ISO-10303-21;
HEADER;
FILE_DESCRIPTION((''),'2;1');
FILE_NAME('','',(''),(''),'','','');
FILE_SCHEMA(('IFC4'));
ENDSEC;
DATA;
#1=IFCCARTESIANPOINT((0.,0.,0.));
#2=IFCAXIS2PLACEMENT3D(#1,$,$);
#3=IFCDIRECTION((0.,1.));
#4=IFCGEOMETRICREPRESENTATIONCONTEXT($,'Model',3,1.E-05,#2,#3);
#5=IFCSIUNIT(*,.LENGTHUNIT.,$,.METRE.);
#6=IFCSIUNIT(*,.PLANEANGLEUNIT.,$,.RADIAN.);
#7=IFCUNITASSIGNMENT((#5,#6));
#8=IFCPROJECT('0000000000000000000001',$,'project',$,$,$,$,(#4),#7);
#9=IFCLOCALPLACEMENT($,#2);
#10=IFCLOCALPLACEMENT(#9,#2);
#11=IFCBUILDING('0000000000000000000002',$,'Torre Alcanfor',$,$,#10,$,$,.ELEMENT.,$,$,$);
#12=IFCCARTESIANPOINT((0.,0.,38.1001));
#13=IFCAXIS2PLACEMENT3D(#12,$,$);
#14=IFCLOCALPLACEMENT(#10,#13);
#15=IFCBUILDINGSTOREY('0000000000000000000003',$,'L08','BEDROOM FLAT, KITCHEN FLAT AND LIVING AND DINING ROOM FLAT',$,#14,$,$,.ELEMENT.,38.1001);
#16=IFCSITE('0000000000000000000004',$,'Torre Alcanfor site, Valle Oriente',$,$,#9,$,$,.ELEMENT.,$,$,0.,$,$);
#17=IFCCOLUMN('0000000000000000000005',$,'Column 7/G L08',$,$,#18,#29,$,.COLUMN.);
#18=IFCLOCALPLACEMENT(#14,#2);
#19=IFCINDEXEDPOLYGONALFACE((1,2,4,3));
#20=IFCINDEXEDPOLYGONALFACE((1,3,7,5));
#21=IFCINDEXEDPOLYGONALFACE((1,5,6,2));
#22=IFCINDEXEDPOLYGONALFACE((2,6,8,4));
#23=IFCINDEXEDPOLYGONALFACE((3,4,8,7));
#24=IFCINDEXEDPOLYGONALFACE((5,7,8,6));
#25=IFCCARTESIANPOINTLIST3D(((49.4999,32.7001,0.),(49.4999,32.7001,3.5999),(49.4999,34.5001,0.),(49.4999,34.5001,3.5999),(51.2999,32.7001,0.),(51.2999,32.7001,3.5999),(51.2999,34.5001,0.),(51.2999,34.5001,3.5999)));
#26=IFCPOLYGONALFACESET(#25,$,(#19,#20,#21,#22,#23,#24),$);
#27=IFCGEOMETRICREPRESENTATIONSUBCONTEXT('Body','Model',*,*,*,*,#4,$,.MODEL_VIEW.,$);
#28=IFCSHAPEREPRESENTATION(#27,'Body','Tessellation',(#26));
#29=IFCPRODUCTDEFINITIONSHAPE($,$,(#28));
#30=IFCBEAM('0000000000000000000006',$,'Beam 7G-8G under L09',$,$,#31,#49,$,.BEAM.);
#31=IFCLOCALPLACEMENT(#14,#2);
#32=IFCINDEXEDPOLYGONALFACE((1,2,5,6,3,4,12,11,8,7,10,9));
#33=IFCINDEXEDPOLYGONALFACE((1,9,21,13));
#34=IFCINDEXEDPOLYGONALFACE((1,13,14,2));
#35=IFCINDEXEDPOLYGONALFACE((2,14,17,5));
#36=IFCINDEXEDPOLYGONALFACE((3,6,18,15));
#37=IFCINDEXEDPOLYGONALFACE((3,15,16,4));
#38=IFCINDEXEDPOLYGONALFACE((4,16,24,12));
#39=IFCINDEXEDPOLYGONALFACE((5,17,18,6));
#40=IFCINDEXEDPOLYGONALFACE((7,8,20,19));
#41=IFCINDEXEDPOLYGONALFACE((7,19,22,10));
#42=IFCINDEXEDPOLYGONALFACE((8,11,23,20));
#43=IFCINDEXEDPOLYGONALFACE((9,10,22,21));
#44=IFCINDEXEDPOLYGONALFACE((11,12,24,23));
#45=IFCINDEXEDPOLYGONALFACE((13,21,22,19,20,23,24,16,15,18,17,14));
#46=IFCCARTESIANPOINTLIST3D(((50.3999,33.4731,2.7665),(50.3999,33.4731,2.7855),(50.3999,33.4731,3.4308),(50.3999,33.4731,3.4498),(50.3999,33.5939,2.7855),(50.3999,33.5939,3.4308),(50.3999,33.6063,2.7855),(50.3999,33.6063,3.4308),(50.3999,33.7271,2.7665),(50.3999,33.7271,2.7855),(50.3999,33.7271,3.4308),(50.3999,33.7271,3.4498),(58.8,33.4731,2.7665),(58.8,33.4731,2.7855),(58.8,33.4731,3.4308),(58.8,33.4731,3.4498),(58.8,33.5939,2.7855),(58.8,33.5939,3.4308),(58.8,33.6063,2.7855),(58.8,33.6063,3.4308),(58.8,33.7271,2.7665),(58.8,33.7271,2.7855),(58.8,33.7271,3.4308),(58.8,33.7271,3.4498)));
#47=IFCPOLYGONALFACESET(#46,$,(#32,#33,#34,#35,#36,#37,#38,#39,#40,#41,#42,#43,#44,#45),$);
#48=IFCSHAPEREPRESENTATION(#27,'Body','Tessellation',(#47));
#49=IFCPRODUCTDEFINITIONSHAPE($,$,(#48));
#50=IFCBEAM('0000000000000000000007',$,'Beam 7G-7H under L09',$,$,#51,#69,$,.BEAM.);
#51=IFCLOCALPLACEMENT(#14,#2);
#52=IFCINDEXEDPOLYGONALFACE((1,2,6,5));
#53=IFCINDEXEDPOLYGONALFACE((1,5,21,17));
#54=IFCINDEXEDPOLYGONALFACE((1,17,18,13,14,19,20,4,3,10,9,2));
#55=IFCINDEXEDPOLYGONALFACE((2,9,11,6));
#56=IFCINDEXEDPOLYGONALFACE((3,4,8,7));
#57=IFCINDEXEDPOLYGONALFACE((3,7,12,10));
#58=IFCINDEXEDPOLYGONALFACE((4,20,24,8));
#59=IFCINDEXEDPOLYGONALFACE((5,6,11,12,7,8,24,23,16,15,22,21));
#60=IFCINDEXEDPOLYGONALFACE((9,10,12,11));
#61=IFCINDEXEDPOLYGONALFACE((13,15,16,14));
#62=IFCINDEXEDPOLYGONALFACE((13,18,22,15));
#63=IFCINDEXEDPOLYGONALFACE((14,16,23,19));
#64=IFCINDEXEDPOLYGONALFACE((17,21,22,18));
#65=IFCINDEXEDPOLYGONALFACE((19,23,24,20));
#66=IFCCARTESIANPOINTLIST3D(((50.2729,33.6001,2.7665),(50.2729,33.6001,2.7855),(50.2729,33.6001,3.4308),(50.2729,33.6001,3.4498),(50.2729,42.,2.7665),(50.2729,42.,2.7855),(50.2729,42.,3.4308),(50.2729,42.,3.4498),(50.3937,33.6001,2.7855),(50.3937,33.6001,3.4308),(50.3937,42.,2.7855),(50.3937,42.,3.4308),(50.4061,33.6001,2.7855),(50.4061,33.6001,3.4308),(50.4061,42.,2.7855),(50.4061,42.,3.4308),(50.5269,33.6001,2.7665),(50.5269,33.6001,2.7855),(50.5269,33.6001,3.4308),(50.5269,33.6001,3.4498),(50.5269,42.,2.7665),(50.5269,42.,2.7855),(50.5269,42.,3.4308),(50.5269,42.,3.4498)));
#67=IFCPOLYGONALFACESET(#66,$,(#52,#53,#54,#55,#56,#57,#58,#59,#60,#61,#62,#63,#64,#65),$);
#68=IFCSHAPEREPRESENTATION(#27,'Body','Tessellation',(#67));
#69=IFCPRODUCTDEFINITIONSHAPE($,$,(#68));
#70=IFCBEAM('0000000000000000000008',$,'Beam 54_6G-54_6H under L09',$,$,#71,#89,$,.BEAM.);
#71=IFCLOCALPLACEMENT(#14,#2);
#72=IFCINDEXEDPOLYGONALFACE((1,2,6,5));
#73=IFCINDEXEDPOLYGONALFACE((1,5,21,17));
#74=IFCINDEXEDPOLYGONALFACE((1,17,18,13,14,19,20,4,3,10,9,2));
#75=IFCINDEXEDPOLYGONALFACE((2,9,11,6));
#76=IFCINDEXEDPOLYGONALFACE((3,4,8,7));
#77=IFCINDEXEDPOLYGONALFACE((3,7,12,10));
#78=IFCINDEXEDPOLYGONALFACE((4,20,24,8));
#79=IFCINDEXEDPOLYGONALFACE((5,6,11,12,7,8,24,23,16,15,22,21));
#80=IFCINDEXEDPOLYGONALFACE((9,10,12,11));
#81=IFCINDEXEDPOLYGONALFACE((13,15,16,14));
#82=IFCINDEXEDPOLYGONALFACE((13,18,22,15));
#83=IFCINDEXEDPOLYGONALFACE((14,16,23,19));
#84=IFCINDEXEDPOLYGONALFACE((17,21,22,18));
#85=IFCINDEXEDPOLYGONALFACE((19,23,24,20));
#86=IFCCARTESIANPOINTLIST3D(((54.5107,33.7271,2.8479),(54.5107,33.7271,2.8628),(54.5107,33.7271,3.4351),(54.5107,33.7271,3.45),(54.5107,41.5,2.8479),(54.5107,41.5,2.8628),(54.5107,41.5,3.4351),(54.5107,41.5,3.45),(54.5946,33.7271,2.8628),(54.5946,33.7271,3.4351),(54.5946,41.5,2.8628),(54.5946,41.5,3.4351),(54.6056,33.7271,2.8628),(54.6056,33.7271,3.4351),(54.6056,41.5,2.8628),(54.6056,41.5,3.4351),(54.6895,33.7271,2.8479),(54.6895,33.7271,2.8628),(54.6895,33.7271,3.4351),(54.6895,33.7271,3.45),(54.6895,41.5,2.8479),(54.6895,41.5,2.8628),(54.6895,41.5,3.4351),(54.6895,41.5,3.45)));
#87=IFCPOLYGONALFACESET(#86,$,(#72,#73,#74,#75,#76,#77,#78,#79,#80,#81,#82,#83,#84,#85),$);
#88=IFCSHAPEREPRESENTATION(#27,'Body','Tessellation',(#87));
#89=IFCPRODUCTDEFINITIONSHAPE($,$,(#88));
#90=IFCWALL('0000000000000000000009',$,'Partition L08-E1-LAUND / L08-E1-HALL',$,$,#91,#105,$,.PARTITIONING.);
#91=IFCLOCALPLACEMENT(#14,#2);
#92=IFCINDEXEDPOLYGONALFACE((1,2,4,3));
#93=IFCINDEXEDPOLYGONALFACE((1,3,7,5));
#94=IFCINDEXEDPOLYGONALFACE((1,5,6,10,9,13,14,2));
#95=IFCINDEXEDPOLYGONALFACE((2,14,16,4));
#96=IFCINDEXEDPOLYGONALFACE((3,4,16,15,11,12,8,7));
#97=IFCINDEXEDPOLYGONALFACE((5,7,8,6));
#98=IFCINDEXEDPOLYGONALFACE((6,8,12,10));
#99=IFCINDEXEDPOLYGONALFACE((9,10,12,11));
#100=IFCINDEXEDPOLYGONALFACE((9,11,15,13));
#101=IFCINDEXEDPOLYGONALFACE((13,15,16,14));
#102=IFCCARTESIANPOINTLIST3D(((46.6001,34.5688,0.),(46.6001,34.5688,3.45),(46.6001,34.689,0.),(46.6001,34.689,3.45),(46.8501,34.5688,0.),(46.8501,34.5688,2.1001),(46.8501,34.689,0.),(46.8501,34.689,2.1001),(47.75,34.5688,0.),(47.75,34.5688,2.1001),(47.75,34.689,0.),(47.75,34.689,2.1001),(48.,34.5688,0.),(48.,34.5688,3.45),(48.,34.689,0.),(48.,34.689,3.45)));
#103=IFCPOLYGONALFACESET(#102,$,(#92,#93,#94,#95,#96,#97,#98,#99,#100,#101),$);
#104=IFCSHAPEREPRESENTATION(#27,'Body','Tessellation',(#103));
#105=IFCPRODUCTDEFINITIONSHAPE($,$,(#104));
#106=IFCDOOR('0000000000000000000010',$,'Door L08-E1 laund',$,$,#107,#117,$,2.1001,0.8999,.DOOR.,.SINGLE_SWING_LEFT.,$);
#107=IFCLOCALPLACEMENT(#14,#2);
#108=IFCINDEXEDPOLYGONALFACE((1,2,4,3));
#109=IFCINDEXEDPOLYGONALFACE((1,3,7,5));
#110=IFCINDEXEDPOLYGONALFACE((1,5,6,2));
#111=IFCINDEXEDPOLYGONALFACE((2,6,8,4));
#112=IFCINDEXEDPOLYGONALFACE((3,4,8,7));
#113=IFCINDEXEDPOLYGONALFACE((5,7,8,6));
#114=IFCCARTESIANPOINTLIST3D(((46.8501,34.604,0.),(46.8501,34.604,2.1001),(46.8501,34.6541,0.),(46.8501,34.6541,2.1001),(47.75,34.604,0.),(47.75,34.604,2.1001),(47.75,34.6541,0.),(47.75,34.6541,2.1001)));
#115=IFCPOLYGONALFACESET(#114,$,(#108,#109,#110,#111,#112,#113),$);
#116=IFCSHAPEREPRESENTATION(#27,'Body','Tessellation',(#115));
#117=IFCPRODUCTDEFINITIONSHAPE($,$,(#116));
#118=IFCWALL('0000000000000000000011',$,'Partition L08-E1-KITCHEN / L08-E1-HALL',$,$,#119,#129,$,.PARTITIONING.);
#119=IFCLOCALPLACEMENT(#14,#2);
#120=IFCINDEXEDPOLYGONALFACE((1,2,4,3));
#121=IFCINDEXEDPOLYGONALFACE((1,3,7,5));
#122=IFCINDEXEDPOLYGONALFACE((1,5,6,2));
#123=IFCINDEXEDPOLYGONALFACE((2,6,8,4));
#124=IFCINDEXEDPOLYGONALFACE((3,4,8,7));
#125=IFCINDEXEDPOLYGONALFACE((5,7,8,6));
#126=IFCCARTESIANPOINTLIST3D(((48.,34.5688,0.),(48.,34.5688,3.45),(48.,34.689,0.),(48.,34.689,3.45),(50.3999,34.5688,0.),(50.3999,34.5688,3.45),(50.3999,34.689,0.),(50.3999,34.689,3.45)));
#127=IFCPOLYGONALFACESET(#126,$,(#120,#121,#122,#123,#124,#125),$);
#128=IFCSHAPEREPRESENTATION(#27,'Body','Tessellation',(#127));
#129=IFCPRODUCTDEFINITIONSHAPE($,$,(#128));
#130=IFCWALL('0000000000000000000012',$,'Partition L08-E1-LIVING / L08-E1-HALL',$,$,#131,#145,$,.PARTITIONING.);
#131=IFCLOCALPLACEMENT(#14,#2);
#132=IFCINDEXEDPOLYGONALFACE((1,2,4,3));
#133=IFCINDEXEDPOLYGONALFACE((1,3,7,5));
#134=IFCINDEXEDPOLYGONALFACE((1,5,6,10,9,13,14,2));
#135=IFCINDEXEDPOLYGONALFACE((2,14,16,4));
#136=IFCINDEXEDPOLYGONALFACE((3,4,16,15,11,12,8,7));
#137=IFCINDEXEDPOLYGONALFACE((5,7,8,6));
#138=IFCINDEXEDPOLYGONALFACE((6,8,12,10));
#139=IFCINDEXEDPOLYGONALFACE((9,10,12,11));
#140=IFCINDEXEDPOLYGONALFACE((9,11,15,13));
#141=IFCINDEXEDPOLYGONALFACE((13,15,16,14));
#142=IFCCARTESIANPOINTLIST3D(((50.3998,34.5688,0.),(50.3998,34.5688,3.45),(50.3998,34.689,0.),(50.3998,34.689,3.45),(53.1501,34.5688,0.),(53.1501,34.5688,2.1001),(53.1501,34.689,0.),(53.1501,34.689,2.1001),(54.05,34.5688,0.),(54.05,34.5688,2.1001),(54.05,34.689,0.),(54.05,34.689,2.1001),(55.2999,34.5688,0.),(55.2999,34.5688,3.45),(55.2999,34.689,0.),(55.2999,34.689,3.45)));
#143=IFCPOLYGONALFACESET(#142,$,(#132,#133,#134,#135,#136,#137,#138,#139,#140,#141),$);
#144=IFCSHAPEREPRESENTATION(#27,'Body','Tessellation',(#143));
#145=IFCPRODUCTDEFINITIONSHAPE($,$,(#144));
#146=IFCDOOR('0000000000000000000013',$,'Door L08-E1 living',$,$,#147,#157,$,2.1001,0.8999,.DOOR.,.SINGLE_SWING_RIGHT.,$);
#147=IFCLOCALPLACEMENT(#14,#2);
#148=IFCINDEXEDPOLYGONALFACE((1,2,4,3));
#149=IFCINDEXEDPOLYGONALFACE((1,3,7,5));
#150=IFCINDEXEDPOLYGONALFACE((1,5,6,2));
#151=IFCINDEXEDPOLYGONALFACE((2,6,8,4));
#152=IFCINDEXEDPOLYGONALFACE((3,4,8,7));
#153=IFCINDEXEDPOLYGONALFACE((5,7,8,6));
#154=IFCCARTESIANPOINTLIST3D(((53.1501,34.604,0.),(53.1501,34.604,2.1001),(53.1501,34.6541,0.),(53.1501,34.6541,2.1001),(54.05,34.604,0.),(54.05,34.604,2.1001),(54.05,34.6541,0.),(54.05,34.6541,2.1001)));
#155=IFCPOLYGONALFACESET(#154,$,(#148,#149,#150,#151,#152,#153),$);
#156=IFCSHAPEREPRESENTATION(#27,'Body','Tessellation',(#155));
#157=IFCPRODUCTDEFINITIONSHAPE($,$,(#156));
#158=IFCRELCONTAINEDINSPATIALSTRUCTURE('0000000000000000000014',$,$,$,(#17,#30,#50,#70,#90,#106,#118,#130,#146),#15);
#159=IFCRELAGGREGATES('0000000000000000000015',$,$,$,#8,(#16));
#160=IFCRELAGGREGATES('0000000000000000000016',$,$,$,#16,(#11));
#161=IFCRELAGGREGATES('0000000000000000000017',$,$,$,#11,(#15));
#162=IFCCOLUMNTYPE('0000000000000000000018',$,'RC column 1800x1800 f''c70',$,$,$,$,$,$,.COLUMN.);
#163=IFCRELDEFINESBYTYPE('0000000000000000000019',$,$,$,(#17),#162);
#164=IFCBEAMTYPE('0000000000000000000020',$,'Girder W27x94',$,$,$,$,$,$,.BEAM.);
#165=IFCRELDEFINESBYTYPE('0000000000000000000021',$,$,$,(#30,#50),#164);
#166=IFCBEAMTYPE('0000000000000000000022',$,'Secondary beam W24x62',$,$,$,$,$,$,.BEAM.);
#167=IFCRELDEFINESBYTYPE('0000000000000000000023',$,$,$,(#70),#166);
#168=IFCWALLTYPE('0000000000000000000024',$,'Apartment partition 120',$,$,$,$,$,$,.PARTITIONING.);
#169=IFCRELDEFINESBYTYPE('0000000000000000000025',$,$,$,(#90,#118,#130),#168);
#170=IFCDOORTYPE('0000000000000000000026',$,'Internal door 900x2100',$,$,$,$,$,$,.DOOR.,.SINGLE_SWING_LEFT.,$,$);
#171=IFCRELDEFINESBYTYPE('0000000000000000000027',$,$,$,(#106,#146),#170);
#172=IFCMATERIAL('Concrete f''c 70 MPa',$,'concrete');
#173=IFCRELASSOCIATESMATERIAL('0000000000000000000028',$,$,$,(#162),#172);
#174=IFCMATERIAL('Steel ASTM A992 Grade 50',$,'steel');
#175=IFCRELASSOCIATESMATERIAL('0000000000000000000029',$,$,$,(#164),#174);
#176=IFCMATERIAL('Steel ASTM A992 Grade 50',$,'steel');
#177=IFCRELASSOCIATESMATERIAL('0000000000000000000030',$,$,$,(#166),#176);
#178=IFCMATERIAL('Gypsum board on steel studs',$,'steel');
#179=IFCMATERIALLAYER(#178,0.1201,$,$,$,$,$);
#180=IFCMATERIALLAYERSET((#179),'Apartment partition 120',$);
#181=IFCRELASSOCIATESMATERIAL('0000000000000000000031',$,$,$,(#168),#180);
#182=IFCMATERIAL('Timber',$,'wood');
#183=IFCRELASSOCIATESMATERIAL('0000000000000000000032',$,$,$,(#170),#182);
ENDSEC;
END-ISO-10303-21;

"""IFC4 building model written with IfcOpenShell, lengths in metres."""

from ifc_helpers import new_model, si_unit, direction, frame, frame_2d, origin, origin_2d, place, context, subcontext, project, spatial, rectangle, i_section, extrude, material, layer, layer_set, material_profile, profile_set, type_object, element, fill, save


model = new_model("IFC4")

# Units and contexts
model_context = context("Model", 3, precision=1e-05, world=origin(), true_north=direction((0.0, 1.0)))
body_context = subcontext(model_context, "Body", "Model", "MODEL_VIEW")
ifc_project = project(units=[si_unit("LENGTHUNIT", "METRE"), si_unit("PLANEANGLEUNIT", "RADIAN")], contexts=[model_context])

# Site, building, storey
site_placement = place(None, origin())
site = spatial("IfcSite", under=ifc_project, at=site_placement, Name="Torre Alcanfor site, Valle Oriente", CompositionType="ELEMENT", RefElevation=0.0)
building_placement = place(site_placement, origin())
building = spatial("IfcBuilding", under=site, at=building_placement, Name="Torre Alcanfor", CompositionType="ELEMENT")
storey_placement = place(building_placement, frame((0.0, 0.0, 38.1001)))
storey = spatial("IfcBuildingStorey", under=building, at=storey_placement, Name="L08", Description="BEDROOM FLAT, KITCHEN FLAT AND LIVING AND DINING ROOM FLAT", CompositionType="ELEMENT", Elevation=38.1001)

# Column
ifc_material_1 = material(Name="Concrete f'c 70 MPa", Category="concrete")
ifc_material_profile_1 = material_profile(ifc_material_1, rectangle(XDim=1.8, YDim=1.8, at=origin_2d()), Name="1800x1800")
ifc_profile_set_1 = profile_set([ifc_material_profile_1], Name="Concrete f'c 70 MPa")
column_type = type_object("IfcColumnType", Name="RC column 1800x1800 f'c70", PredefinedType="COLUMN", material=ifc_profile_set_1)
column_placement = place(storey_placement, frame((50.3999, 33.6001, 0.0), z_axis=(0.0, 0.0, 1.0), x_axis=(1.0, 0.0, 0.0)))
element("IfcColumn", 1, at=column_placement, inside=storey, type_object=column_type, Name="Column 7/G L08", PredefinedType="COLUMN", context=body_context, shape_type="SweptSolid", body=[
    extrude(rectangle(XDim=1.8, YDim=1.8, at=origin_2d()), origin(), (0.0, 0.0, 1.0), 3.5999),
])

# Beams
ifc_material_2 = material(Name="Steel ASTM A992 Grade 50", Category="steel")
ifc_material_profile_2 = material_profile(ifc_material_2, i_section(OverallWidth=0.2539, OverallDepth=0.6833, WebThickness=0.0125, FlangeThickness=0.019, at=origin_2d()), Name="W27x94")
ifc_profile_set_2 = profile_set([ifc_material_profile_2], Name="Steel ASTM A992 Grade 50")
beam_type_1 = type_object("IfcBeamType", Name="Girder W27x94", PredefinedType="BEAM", material=ifc_profile_set_2)
beam_1_placement = place(storey_placement, frame((50.3999, 33.6001, 3.1082), z_axis=(1.0, 0.0, 0.0), x_axis=(0.0, 1.0, 0.0)))
element("IfcBeam", 2, at=beam_1_placement, inside=storey, type_object=beam_type_1, Name="Beam 7G-8G under L09", PredefinedType="BEAM", context=body_context, shape_type="SweptSolid", body=[
    extrude(i_section(OverallWidth=0.2539, OverallDepth=0.6833, WebThickness=0.0125, FlangeThickness=0.019, at=origin_2d()), origin(), (0.0, 0.0, 1.0), 8.4001),
])
beam_2_placement = place(storey_placement, frame((50.3999, 33.6001, 3.1082), z_axis=(0.0, 1.0, 0.0), x_axis=(-1.0, 0.0, 0.0)))
element("IfcBeam", 3, at=beam_2_placement, inside=storey, type_object=beam_type_1, Name="Beam 7G-7H under L09", PredefinedType="BEAM", context=body_context, shape_type="SweptSolid", body=[
    extrude(i_section(OverallWidth=0.2539, OverallDepth=0.6833, WebThickness=0.0125, FlangeThickness=0.019, at=origin_2d()), origin(), (0.0, 0.0, 1.0), 8.3999),
])
ifc_material_3 = material(Name="Steel ASTM A992 Grade 50", Category="steel")
ifc_material_profile_3 = material_profile(ifc_material_3, i_section(OverallWidth=0.1787, OverallDepth=0.6021, WebThickness=0.011, FlangeThickness=0.0149, at=origin_2d()), Name="W24x62")
ifc_profile_set_3 = profile_set([ifc_material_profile_3], Name="Steel ASTM A992 Grade 50")
beam_type_2 = type_object("IfcBeamType", Name="Secondary beam W24x62", PredefinedType="BEAM", material=ifc_profile_set_3)
beam_3_placement = place(storey_placement, frame((54.6001, 33.7271, 3.1489), z_axis=(0.0, 1.0, 0.0), x_axis=(-1.0, 0.0, 0.0)))
element("IfcBeam", 4, at=beam_3_placement, inside=storey, type_object=beam_type_2, Name="Beam 54_6G-54_6H under L09", PredefinedType="BEAM", context=body_context, shape_type="SweptSolid", body=[
    extrude(i_section(OverallWidth=0.1787, OverallDepth=0.6021, WebThickness=0.011, FlangeThickness=0.0149, at=origin_2d()), origin(), (0.0, 0.0, 1.0), 7.7729),
])

# Wall, opening, door
ifc_material_4 = material(Name="Gypsum board on steel studs", Category="steel")
ifc_layer_1 = layer(ifc_material_4, 0.1201)
ifc_layer_set_1 = layer_set([ifc_layer_1], Name="Apartment partition 120")
wall_type_1 = type_object("IfcWallType", Name="Apartment partition 120", PredefinedType="PARTITIONING", material=ifc_layer_set_1)
wall_1_placement = place(storey_placement, frame((48.0, 34.6289, 0.0), z_axis=(0.0, 0.0, 1.0), x_axis=(-1.0, 0.0, 0.0)))
wall_1 = element("IfcWall", 5, at=wall_1_placement, inside=storey, type_object=wall_type_1, Name="Partition L08-E1-LAUND / L08-E1-HALL", PredefinedType="PARTITIONING", context=body_context, shape_type="SweptSolid", body=[
    extrude(rectangle(XDim=1.3999, YDim=0.1201, at=frame_2d((0.7, 0.0))), origin(), (0.0, 0.0, 1.0), 3.45),
])
opening_1_placement = place(wall_1_placement, frame((0.25, 0.0, 0.0)))
opening_1 = element("IfcOpeningElement", 6, at=opening_1_placement, cuts=wall_1, PredefinedType="OPENING", context=body_context, shape_type="SweptSolid", body=[
    extrude(rectangle(XDim=0.8999, YDim=2.1001, at=frame_2d((0.45, 1.05))), frame((0.0, 0.0701, 0.0), z_axis=(0.0, -1.0, 0.0), x_axis=(1.0, 0.0, 0.0)), (0.0, 0.0, 1.0), 0.1401),
])
ifc_material_5 = material(Name="Timber", Category="wood")
door_type_1 = type_object("IfcDoorType", Name="Internal door 900x2100", OperationType="SINGLE_SWING_LEFT", PredefinedType="DOOR", material=ifc_material_5)
door_1_placement = place(opening_1_placement, origin())
door_1 = element("IfcDoor", 7, at=door_1_placement, inside=storey, type_object=door_type_1, Name="Door L08-E1 laund", OperationType="SINGLE_SWING_LEFT", OverallHeight=2.1001, OverallWidth=0.8999, PredefinedType="DOOR", context=body_context, shape_type="SweptSolid", body=[
    extrude(rectangle(XDim=0.8999, YDim=2.1001, at=frame_2d((0.45, 1.05))), frame((0.0, 0.0249, 0.0), z_axis=(0.0, -1.0, 0.0), x_axis=(1.0, 0.0, 0.0)), (0.0, 0.0, 1.0), 0.05),
])
fill(opening_1, door_1)

# Wall
wall_2_placement = place(storey_placement, frame((50.3999, 34.6289, 0.0), z_axis=(0.0, 0.0, 1.0), x_axis=(-1.0, 0.0, 0.0)))
element("IfcWall", 8, at=wall_2_placement, inside=storey, type_object=wall_type_1, Name="Partition L08-E1-KITCHEN / L08-E1-HALL", PredefinedType="PARTITIONING", context=body_context, shape_type="SweptSolid", body=[
    extrude(rectangle(XDim=2.3999, YDim=0.1201, at=frame_2d((1.2, 0.0))), origin(), (0.0, 0.0, 1.0), 3.45),
])

# Wall, opening, door
wall_3_placement = place(storey_placement, frame((55.3, 34.6289, 0.0), z_axis=(0.0, 0.0, 1.0), x_axis=(-1.0, 0.0, 0.0)))
wall_3 = element("IfcWall", 9, at=wall_3_placement, inside=storey, type_object=wall_type_1, Name="Partition L08-E1-LIVING / L08-E1-HALL", PredefinedType="PARTITIONING", context=body_context, shape_type="SweptSolid", body=[
    extrude(rectangle(XDim=4.9001, YDim=0.1201, at=frame_2d((2.4502, 0.0))), origin(), (0.0, 0.0, 1.0), 3.45),
])
opening_2_placement = place(wall_3_placement, frame((1.25, 0.0, 0.0)))
opening_2 = element("IfcOpeningElement", 10, at=opening_2_placement, cuts=wall_3, PredefinedType="OPENING", context=body_context, shape_type="SweptSolid", body=[
    extrude(rectangle(XDim=0.8999, YDim=2.1001, at=frame_2d((0.45, 1.05))), frame((0.0, 0.0701, 0.0), z_axis=(0.0, -1.0, 0.0), x_axis=(1.0, 0.0, 0.0)), (0.0, 0.0, 1.0), 0.1401),
])
door_2_placement = place(opening_2_placement, origin())
door_2 = element("IfcDoor", 11, at=door_2_placement, inside=storey, type_object=door_type_1, Name="Door L08-E1 living", OperationType="SINGLE_SWING_RIGHT", OverallHeight=2.1001, OverallWidth=0.8999, PredefinedType="DOOR", context=body_context, shape_type="SweptSolid", body=[
    extrude(rectangle(XDim=0.8999, YDim=2.1001, at=frame_2d((0.45, 1.05))), frame((0.0, 0.0249, 0.0), z_axis=(0.0, -1.0, 0.0), x_axis=(1.0, 0.0, 0.0)), (0.0, 0.0, 1.0), 0.05),
])
fill(opening_2, door_2)

save(model, "model.ifc")
